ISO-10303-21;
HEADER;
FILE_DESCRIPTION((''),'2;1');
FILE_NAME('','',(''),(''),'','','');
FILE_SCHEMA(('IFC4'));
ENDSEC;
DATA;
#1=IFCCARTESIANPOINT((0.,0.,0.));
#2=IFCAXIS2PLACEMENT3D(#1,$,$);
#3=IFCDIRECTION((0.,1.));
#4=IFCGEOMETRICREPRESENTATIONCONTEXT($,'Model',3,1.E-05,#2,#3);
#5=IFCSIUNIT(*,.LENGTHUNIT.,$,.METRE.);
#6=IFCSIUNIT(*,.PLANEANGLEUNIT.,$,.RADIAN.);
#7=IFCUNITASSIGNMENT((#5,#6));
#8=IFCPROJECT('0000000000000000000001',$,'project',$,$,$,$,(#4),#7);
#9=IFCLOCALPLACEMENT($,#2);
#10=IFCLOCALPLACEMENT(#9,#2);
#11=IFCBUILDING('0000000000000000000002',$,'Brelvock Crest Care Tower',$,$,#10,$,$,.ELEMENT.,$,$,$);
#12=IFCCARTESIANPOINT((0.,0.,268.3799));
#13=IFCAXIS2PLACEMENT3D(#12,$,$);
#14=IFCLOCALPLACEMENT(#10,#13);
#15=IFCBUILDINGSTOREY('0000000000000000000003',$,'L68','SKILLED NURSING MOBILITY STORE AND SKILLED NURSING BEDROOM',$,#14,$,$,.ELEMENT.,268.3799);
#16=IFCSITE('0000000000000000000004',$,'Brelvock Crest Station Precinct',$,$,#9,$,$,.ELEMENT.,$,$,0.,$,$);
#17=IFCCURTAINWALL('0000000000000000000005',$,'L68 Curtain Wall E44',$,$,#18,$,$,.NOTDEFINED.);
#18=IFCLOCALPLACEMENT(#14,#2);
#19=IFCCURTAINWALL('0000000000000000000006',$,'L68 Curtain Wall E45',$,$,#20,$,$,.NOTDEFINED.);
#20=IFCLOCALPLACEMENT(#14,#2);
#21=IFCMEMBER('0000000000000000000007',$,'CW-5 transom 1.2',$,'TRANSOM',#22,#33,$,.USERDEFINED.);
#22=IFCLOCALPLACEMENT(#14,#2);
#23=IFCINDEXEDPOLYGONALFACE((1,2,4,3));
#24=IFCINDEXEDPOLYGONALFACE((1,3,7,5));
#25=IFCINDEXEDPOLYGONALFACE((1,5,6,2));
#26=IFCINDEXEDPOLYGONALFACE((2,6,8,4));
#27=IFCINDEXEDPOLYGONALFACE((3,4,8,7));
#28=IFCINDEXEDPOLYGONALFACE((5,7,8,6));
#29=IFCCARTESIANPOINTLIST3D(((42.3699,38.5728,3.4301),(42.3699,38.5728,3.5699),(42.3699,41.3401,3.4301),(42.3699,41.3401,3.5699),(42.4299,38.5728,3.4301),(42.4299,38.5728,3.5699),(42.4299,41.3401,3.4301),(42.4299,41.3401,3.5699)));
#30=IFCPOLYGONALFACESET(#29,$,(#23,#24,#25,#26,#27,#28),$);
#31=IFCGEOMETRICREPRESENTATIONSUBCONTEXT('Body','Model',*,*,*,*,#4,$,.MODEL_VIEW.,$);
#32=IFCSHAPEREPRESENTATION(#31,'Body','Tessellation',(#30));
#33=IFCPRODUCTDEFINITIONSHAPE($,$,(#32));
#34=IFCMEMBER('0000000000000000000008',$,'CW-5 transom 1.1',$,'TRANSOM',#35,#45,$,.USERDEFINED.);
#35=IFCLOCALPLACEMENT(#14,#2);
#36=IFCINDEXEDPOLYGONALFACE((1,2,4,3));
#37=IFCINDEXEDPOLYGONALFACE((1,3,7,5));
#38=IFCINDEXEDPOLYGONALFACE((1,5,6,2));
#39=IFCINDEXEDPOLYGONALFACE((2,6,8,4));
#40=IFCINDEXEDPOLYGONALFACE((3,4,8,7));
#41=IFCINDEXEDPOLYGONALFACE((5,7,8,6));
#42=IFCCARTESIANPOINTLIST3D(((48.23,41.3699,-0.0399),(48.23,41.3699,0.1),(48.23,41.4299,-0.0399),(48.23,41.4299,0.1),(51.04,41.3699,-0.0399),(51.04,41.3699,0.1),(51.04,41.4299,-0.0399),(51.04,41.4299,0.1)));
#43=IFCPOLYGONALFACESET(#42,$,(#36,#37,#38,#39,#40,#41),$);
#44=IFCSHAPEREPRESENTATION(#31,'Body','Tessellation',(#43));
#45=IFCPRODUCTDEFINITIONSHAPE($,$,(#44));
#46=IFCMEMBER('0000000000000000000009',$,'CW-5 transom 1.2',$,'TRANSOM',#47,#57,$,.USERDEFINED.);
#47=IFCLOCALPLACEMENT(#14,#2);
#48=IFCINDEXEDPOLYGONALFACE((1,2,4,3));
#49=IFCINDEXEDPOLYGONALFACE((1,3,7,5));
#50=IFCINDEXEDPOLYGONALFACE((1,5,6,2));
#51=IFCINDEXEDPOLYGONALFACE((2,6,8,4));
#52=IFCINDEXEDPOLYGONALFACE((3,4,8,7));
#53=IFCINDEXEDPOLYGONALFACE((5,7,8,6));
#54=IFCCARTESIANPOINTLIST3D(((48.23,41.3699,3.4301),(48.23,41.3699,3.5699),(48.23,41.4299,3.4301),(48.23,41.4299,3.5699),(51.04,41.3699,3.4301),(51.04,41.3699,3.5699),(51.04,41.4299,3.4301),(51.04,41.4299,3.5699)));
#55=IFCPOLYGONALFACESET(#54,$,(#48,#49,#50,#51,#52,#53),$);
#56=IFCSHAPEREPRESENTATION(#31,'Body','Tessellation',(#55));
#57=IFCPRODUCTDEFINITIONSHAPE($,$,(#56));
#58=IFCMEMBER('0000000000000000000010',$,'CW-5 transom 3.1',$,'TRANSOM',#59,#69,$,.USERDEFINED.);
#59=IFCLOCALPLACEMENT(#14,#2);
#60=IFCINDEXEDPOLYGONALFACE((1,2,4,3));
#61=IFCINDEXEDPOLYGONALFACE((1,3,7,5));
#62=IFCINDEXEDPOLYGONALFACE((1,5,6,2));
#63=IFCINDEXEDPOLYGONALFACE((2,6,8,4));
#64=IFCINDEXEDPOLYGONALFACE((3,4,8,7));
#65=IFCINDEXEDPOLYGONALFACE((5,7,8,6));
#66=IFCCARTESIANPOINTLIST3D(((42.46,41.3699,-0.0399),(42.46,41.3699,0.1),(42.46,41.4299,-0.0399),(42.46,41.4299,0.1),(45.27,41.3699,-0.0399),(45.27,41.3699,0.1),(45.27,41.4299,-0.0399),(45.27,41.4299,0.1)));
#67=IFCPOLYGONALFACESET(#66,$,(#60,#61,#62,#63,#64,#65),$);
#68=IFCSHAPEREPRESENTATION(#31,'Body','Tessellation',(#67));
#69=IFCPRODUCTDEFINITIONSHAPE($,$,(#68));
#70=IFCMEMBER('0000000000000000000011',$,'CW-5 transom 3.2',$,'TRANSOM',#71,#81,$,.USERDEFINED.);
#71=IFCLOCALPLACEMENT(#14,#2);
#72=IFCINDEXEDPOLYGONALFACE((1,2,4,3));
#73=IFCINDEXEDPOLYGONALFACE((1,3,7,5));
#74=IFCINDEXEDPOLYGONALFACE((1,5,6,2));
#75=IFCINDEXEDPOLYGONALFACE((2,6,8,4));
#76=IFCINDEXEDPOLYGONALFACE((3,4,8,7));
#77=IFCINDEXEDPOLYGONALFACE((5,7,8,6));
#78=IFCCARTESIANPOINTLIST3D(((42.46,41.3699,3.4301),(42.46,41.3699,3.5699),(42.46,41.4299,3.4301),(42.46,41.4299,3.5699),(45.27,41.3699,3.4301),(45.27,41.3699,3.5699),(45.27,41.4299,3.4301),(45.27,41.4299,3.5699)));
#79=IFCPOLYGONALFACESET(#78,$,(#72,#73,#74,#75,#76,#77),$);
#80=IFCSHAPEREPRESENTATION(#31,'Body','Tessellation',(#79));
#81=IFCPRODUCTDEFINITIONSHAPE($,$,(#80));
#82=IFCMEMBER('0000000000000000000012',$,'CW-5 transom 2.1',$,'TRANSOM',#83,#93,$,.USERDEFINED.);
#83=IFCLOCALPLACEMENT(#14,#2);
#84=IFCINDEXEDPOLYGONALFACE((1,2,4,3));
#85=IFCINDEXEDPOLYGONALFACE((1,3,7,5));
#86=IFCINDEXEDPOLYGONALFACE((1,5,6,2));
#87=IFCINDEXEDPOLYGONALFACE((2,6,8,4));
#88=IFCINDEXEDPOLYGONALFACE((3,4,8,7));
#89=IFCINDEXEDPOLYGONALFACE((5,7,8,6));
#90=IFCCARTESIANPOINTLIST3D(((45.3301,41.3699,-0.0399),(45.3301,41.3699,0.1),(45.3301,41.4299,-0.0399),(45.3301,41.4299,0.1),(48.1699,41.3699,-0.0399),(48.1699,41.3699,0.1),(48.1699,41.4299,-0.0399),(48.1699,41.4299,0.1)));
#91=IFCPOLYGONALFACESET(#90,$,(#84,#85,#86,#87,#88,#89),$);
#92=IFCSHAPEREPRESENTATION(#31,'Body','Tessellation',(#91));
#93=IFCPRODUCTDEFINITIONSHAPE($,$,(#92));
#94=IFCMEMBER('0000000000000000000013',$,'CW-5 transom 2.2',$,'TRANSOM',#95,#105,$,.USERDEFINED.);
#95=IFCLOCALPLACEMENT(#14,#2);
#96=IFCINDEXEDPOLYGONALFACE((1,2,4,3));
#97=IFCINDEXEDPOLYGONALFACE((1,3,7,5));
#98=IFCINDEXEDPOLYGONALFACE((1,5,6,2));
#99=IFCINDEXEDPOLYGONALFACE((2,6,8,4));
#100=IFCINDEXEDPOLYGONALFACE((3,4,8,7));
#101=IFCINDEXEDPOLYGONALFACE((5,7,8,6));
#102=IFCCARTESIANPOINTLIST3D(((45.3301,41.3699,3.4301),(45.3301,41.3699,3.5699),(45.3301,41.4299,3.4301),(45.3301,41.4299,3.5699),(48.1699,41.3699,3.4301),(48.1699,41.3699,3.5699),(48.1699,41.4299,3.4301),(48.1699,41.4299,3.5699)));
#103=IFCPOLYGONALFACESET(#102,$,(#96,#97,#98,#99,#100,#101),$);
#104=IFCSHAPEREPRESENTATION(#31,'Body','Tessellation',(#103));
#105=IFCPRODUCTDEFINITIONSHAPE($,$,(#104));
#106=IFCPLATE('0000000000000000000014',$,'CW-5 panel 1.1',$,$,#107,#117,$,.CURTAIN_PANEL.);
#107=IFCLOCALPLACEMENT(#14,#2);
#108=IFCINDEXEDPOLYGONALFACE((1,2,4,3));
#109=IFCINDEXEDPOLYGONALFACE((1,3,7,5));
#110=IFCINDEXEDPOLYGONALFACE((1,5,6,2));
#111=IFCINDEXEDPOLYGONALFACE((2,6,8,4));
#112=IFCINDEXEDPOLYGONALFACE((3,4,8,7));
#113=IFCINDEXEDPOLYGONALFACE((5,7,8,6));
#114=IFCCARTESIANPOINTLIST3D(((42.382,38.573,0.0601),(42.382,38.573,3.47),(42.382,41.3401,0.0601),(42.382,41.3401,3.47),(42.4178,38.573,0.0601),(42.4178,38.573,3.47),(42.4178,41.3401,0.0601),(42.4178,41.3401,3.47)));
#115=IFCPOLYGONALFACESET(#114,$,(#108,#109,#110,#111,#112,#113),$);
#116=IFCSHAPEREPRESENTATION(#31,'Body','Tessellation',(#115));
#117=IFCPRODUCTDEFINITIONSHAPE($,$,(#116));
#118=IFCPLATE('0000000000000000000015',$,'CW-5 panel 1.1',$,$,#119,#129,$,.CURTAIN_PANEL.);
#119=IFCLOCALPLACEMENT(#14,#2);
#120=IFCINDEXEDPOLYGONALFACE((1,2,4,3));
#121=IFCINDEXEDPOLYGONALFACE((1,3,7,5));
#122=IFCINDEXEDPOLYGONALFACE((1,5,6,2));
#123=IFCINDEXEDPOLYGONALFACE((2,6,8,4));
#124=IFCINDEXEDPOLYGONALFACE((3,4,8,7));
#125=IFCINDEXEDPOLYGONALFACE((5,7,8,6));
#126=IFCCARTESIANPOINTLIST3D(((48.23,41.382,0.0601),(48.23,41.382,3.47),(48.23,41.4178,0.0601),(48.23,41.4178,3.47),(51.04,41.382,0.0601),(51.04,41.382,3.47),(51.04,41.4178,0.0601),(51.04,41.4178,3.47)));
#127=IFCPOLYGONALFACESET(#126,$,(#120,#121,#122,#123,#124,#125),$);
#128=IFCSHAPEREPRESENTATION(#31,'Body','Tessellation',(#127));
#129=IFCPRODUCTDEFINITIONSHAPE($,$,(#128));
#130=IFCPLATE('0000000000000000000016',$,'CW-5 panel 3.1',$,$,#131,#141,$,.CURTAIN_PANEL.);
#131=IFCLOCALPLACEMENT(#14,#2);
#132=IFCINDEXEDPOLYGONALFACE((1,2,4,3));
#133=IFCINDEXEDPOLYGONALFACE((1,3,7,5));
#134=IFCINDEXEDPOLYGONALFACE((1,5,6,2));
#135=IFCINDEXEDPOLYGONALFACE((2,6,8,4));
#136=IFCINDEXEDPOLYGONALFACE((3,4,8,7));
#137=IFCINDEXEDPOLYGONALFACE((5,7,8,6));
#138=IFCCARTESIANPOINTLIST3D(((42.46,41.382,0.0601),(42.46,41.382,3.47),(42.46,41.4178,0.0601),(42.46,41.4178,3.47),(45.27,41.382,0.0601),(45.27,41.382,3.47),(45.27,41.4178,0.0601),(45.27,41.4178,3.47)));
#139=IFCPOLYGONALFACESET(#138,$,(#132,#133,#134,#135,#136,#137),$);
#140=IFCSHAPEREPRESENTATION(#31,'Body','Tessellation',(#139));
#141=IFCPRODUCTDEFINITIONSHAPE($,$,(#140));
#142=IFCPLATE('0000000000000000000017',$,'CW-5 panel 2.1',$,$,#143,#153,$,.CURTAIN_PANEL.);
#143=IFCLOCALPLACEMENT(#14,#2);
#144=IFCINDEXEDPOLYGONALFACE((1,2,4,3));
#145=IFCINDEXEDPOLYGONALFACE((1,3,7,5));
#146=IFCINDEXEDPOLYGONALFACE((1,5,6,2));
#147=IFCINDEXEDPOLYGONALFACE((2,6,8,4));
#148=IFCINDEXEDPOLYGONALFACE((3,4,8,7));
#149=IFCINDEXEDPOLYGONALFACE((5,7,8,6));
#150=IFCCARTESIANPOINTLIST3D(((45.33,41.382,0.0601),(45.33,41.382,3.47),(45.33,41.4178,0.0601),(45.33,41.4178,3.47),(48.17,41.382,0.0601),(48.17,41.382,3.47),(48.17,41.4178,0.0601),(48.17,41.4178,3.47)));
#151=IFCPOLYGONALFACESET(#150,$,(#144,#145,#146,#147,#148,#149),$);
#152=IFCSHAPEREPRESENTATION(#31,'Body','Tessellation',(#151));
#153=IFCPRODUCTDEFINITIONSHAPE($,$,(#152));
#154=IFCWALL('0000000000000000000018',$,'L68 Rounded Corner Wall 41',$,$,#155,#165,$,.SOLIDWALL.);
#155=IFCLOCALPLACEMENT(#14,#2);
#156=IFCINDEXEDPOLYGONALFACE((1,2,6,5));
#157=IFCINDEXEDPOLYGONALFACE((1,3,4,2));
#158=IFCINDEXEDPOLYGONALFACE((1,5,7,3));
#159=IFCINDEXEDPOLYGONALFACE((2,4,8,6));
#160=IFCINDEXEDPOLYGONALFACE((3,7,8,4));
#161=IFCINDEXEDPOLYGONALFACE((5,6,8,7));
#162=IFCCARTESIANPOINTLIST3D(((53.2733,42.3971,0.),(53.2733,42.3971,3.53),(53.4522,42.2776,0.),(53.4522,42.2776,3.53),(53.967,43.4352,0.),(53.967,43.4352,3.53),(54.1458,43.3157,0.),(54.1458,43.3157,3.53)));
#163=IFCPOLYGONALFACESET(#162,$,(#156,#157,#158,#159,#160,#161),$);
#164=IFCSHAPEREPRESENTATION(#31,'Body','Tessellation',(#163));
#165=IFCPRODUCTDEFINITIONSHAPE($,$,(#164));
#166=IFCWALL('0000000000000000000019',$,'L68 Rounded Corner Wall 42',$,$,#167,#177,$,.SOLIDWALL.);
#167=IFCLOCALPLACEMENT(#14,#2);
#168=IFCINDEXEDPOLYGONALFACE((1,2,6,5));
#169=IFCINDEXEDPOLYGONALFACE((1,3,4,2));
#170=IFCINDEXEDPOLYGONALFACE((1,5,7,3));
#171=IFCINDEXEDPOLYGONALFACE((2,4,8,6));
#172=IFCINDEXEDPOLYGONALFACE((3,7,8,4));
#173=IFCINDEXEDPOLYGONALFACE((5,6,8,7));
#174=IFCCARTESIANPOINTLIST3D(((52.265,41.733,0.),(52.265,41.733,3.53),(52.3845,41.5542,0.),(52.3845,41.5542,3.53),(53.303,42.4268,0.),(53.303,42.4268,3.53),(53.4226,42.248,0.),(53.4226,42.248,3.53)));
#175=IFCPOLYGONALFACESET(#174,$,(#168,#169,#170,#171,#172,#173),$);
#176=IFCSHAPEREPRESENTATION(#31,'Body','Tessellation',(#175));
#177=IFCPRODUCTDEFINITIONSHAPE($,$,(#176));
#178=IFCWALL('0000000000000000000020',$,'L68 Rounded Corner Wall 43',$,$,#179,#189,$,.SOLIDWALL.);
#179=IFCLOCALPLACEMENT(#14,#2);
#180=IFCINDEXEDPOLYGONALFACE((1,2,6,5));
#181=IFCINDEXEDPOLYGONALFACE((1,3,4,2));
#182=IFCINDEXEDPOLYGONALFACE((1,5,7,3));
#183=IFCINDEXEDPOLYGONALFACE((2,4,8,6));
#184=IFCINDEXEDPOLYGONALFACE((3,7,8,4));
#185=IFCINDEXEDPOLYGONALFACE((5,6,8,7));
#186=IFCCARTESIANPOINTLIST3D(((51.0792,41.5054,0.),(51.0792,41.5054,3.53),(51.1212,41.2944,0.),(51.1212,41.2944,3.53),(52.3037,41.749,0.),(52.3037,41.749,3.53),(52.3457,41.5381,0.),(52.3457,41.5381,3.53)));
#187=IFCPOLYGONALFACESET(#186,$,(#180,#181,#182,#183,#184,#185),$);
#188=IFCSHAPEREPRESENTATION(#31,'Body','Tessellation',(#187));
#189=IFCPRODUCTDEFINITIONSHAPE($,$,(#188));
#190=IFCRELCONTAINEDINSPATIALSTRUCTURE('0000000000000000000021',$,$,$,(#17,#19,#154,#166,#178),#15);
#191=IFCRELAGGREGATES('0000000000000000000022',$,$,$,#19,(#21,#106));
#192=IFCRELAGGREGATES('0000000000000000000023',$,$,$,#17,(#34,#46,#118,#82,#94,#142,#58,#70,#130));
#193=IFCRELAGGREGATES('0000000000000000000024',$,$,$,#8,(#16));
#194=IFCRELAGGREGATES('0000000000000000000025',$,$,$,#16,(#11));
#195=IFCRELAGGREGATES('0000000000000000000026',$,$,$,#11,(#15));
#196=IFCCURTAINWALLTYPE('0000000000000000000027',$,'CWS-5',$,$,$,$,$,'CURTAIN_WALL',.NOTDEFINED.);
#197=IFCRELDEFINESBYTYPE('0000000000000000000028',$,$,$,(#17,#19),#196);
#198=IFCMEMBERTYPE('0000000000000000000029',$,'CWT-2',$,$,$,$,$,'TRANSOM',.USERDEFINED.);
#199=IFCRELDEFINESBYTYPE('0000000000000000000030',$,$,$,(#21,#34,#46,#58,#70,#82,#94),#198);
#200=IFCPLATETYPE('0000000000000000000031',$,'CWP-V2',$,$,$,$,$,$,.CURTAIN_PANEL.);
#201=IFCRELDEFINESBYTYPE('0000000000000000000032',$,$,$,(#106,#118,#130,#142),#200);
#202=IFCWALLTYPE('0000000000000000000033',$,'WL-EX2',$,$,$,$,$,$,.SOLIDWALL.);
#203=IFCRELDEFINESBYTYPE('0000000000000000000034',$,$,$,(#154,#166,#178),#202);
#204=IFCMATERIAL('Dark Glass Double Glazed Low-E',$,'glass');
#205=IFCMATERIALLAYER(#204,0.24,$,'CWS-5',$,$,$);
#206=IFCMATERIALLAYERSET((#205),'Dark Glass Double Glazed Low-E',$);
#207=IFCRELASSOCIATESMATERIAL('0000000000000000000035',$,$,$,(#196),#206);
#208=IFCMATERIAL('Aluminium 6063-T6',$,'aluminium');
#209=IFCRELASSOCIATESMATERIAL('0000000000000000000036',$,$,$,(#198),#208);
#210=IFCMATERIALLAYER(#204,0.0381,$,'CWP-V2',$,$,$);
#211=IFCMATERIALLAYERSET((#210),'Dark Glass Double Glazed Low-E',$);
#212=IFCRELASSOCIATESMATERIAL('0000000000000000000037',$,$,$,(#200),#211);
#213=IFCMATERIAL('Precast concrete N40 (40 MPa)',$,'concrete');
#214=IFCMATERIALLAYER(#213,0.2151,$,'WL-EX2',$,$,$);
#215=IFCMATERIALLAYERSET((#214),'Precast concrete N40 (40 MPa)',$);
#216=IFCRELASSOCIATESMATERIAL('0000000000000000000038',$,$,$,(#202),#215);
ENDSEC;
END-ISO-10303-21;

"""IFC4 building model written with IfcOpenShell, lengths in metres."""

from ifc_helpers import new_model, si_unit, direction, frame, frame_2d, origin, origin_2d, place, context, subcontext, project, spatial, rectangle, extrude, source, transform, mapped, material, layer, layer_set, material_profile, profile_set, type_object, element, aggregate, save


model = new_model("IFC4")

# Units and contexts
model_context = context("Model", 3, precision=1e-05, world=origin(), true_north=direction((0.0, 1.0)))
body_context = subcontext(model_context, "Body", "Model", "MODEL_VIEW")
ifc_project = project(units=[si_unit("LENGTHUNIT", "METRE"), si_unit("PLANEANGLEUNIT", "RADIAN")], contexts=[model_context])

# Site, building, storey
site_placement = place(None, origin())
site = spatial("IfcSite", under=ifc_project, at=site_placement, Name="Brelvock Crest Station Precinct", CompositionType="ELEMENT", RefElevation=0.0)
building_placement = place(site_placement, origin())
building = spatial("IfcBuilding", under=site, at=building_placement, Name="Brelvock Crest Care Tower", CompositionType="ELEMENT")
storey_placement = place(building_placement, frame((0.0, 0.0, 268.3799)))
storey = spatial("IfcBuildingStorey", under=building, at=storey_placement, Name="L68", Description="SKILLED NURSING MOBILITY STORE AND SKILLED NURSING BEDROOM", CompositionType="ELEMENT", Elevation=268.3799)

# Curtain walls, member
ifc_material_1 = material(Name="Dark Glass Double Glazed Low-E", Category="glass")
ifc_layer_1 = layer(ifc_material_1, 0.24, Name="CWS-5")
ifc_layer_set_1 = layer_set([ifc_layer_1], Name="Dark Glass Double Glazed Low-E")
curtain_wall_type = type_object("IfcCurtainWallType", Name="CWS-5", ElementType="CURTAIN_WALL", PredefinedType="NOTDEFINED", material=ifc_layer_set_1)
curtain_wall_1_placement = place(storey_placement, origin())
curtain_wall_1 = element("IfcCurtainWall", 1, at=curtain_wall_1_placement, inside=storey, type_object=curtain_wall_type, Name="L68 Curtain Wall E44", PredefinedType="NOTDEFINED")
ifc_material_2 = material(Name="Aluminium 6063-T6", Category="aluminium")
curtain_wall_2_placement = place(storey_placement, origin())
curtain_wall_2 = element("IfcCurtainWall", 2, at=curtain_wall_2_placement, inside=storey, type_object=curtain_wall_type, Name="L68 Curtain Wall E45", PredefinedType="NOTDEFINED")
ifc_material_profile_1 = material_profile(ifc_material_2, rectangle(XDim=0.0601, YDim=0.1399, at=origin_2d()), Name="ALU60x140")
ifc_profile_set_1 = profile_set([ifc_material_profile_1], Name="Aluminium 6063-T6")
member_type_1 = type_object("IfcMemberType", Name="CWT-2", ElementType="TRANSOM", PredefinedType="USERDEFINED", material=ifc_profile_set_1)
shared_shape_1 = source(origin(), body_context, "Body", "SweptSolid", [
    extrude(rectangle(XDim=0.0601, YDim=0.1399, at=origin_2d()), origin(), (0.0, 0.0, 1.0), 2.7673),
])
member_1_placement = place(storey_placement, frame((42.3999, 41.3401, 3.5), z_axis=(0.0, -1.0, 0.0), x_axis=(1.0, 0.0, 0.0)))
member_1 = element("IfcMember", 3, at=member_1_placement, type_object=member_type_1, Name="CW-5 transom 1.2", ObjectType="TRANSOM", PredefinedType="USERDEFINED", context=body_context, shape_type="MappedRepresentation", body=[
    mapped(shared_shape_1, transform((0.0, 0.0, 0.0), x_axis=(1.0, 0.0, 0.0), y_axis=(0.0, 1.0, 0.0), z_axis=(0.0, 0.0, 1.0), scale=1.0)),
])

# Members
shared_shape_2 = source(origin(), body_context, "Body", "SweptSolid", [
    extrude(rectangle(XDim=0.0601, YDim=0.1399, at=origin_2d()), origin(), (0.0, 0.0, 1.0), 2.8101),
])
member_2_placement = place(storey_placement, frame((51.04, 41.3999, 0.03), z_axis=(-1.0, 0.0, 0.0), x_axis=(0.0, -1.0, 0.0)))
member_2 = element("IfcMember", 4, at=member_2_placement, type_object=member_type_1, Name="CW-5 transom 1.1", ObjectType="TRANSOM", PredefinedType="USERDEFINED", context=body_context, shape_type="MappedRepresentation", body=[
    mapped(shared_shape_2, transform((0.0, 0.0, 0.0), x_axis=(1.0, 0.0, 0.0), y_axis=(0.0, 1.0, 0.0), z_axis=(0.0, 0.0, 1.0), scale=1.0)),
])
member_3_placement = place(storey_placement, frame((51.04, 41.3999, 3.5), z_axis=(-1.0, 0.0, 0.0), x_axis=(0.0, -1.0, 0.0)))
member_3 = element("IfcMember", 5, at=member_3_placement, type_object=member_type_1, Name="CW-5 transom 1.2", ObjectType="TRANSOM", PredefinedType="USERDEFINED", context=body_context, shape_type="MappedRepresentation", body=[
    mapped(shared_shape_2, transform((0.0, 0.0, 0.0), x_axis=(1.0, 0.0, 0.0), y_axis=(0.0, 1.0, 0.0), z_axis=(0.0, 0.0, 1.0), scale=1.0)),
])
member_4_placement = place(storey_placement, frame((45.27, 41.3999, 0.03), z_axis=(-1.0, 0.0, 0.0), x_axis=(0.0, -1.0, 0.0)))
member_4 = element("IfcMember", 6, at=member_4_placement, type_object=member_type_1, Name="CW-5 transom 3.1", ObjectType="TRANSOM", PredefinedType="USERDEFINED", context=body_context, shape_type="MappedRepresentation", body=[
    mapped(shared_shape_2, transform((0.0, 0.0, 0.0), x_axis=(1.0, 0.0, 0.0), y_axis=(0.0, 1.0, 0.0), z_axis=(0.0, 0.0, 1.0), scale=1.0)),
])
member_5_placement = place(storey_placement, frame((45.27, 41.3999, 3.5), z_axis=(-1.0, 0.0, 0.0), x_axis=(0.0, -1.0, 0.0)))
member_5 = element("IfcMember", 7, at=member_5_placement, type_object=member_type_1, Name="CW-5 transom 3.2", ObjectType="TRANSOM", PredefinedType="USERDEFINED", context=body_context, shape_type="MappedRepresentation", body=[
    mapped(shared_shape_2, transform((0.0, 0.0, 0.0), x_axis=(1.0, 0.0, 0.0), y_axis=(0.0, 1.0, 0.0), z_axis=(0.0, 0.0, 1.0), scale=1.0)),
])
shared_shape_3 = source(origin(), body_context, "Body", "SweptSolid", [
    extrude(rectangle(XDim=0.0601, YDim=0.1399, at=origin_2d()), origin(), (0.0, 0.0, 1.0), 2.8398),
])
member_6_placement = place(storey_placement, frame((48.1699, 41.3999, 0.03), z_axis=(-1.0, 0.0, 0.0), x_axis=(0.0, -1.0, 0.0)))
member_6 = element("IfcMember", 8, at=member_6_placement, type_object=member_type_1, Name="CW-5 transom 2.1", ObjectType="TRANSOM", PredefinedType="USERDEFINED", context=body_context, shape_type="MappedRepresentation", body=[
    mapped(shared_shape_3, transform((0.0, 0.0, 0.0), x_axis=(1.0, 0.0, 0.0), y_axis=(0.0, 1.0, 0.0), z_axis=(0.0, 0.0, 1.0), scale=1.0)),
])
member_7_placement = place(storey_placement, frame((48.1699, 41.3999, 3.5), z_axis=(-1.0, 0.0, 0.0), x_axis=(0.0, -1.0, 0.0)))
member_7 = element("IfcMember", 9, at=member_7_placement, type_object=member_type_1, Name="CW-5 transom 2.2", ObjectType="TRANSOM", PredefinedType="USERDEFINED", context=body_context, shape_type="MappedRepresentation", body=[
    mapped(shared_shape_3, transform((0.0, 0.0, 0.0), x_axis=(1.0, 0.0, 0.0), y_axis=(0.0, 1.0, 0.0), z_axis=(0.0, 0.0, 1.0), scale=1.0)),
])

# Plates
ifc_layer_2 = layer(ifc_material_1, 0.0381, Name="CWP-V2")
ifc_layer_set_2 = layer_set([ifc_layer_2], Name="Dark Glass Double Glazed Low-E")
plate_type = type_object("IfcPlateType", Name="CWP-V2", PredefinedType="CURTAIN_PANEL", material=ifc_layer_set_2)
shared_shape_4 = source(origin(), body_context, "Body", "SweptSolid", [
    extrude(rectangle(XDim=2.7671, YDim=0.0359, at=origin_2d()), origin(), (0.0, 0.0, 1.0), 3.4099),
])
plate_1_placement = place(storey_placement, frame((42.3999, 39.9565, 0.0601), z_axis=(0.0, 0.0, 1.0), x_axis=(0.0, -1.0, 0.0)))
plate_1 = element("IfcPlate", 10, at=plate_1_placement, type_object=plate_type, Name="CW-5 panel 1.1", PredefinedType="CURTAIN_PANEL", context=body_context, shape_type="MappedRepresentation", body=[
    mapped(shared_shape_4, transform((0.0, 0.0, 0.0), x_axis=(1.0, 0.0, 0.0), y_axis=(0.0, 1.0, 0.0), z_axis=(0.0, 0.0, 1.0), scale=1.0)),
])
aggregate(curtain_wall_2, [member_1, plate_1])
shared_shape_5 = source(origin(), body_context, "Body", "SweptSolid", [
    extrude(rectangle(XDim=2.8101, YDim=0.0359, at=origin_2d()), origin(), (0.0, 0.0, 1.0), 3.4099),
])
plate_2_placement = place(storey_placement, frame((49.635, 41.3999, 0.0601), z_axis=(0.0, 0.0, 1.0), x_axis=(-1.0, 0.0, 0.0)))
plate_2 = element("IfcPlate", 11, at=plate_2_placement, type_object=plate_type, Name="CW-5 panel 1.1", PredefinedType="CURTAIN_PANEL", context=body_context, shape_type="MappedRepresentation", body=[
    mapped(shared_shape_5, transform((0.0, 0.0, 0.0), x_axis=(1.0, 0.0, 0.0), y_axis=(0.0, 1.0, 0.0), z_axis=(0.0, 0.0, 1.0), scale=1.0)),
])
plate_3_placement = place(storey_placement, frame((43.865, 41.3999, 0.0601), z_axis=(0.0, 0.0, 1.0), x_axis=(-1.0, 0.0, 0.0)))
plate_3 = element("IfcPlate", 12, at=plate_3_placement, type_object=plate_type, Name="CW-5 panel 3.1", PredefinedType="CURTAIN_PANEL", context=body_context, shape_type="MappedRepresentation", body=[
    mapped(shared_shape_5, transform((0.0, 0.0, 0.0), x_axis=(1.0, 0.0, 0.0), y_axis=(0.0, 1.0, 0.0), z_axis=(0.0, 0.0, 1.0), scale=1.0)),
])
shared_shape_6 = source(origin(), body_context, "Body", "SweptSolid", [
    extrude(rectangle(XDim=2.8401, YDim=0.0359, at=origin_2d()), origin(), (0.0, 0.0, 1.0), 3.4099),
])
plate_4_placement = place(storey_placement, frame((46.75, 41.3999, 0.0601), z_axis=(0.0, 0.0, 1.0), x_axis=(-1.0, 0.0, 0.0)))
plate_4 = element("IfcPlate", 13, at=plate_4_placement, type_object=plate_type, Name="CW-5 panel 2.1", PredefinedType="CURTAIN_PANEL", context=body_context, shape_type="MappedRepresentation", body=[
    mapped(shared_shape_6, transform((0.0, 0.0, 0.0), x_axis=(1.0, 0.0, 0.0), y_axis=(0.0, 1.0, 0.0), z_axis=(0.0, 0.0, 1.0), scale=1.0)),
])
aggregate(curtain_wall_1, [member_2, member_3, plate_2, member_6, member_7, plate_4, member_4, member_5, plate_3])

# Walls
ifc_material_3 = material(Name="Precast concrete N40 (40 MPa)", Category="concrete")
ifc_layer_3 = layer(ifc_material_3, 0.2151, Name="WL-EX2")
ifc_layer_set_3 = layer_set([ifc_layer_3], Name="Precast concrete N40 (40 MPa)")
wall_type = type_object("IfcWallType", Name="WL-EX2", PredefinedType="SOLIDWALL", material=ifc_layer_set_3)
for number, where, z_axis, x_axis, name in (
    (14, (54.0564, 43.3755, 0.0), (0.0, 0.0, 1.0), (-0.555557, -0.831478, 0.0), "L68 Rounded Corner Wall 41"),
    (15, (53.3628, 42.3374, 0.0), (0.0, 0.0, 1.0), (-0.831388, -0.555692, 0.0), "L68 Rounded Corner Wall 42"),
    (16, (52.3247, 41.6436, 0.0), (0.0, 0.0, 1.0), (-0.980776, -0.195138, 0.0), "L68 Rounded Corner Wall 43"),
):
    element("IfcWall", number, at=place(storey_placement, frame(where, z_axis=z_axis, x_axis=x_axis)), inside=storey, type_object=wall_type, Name=name, PredefinedType="SOLIDWALL", context=body_context, shape_type="SweptSolid", body=[
        extrude(rectangle(XDim=1.2485, YDim=0.2151, at=frame_2d((0.6243, 0.0))), origin(), (0.0, 0.0, 1.0), 3.53),
    ])

save(model, "model.ifc")
